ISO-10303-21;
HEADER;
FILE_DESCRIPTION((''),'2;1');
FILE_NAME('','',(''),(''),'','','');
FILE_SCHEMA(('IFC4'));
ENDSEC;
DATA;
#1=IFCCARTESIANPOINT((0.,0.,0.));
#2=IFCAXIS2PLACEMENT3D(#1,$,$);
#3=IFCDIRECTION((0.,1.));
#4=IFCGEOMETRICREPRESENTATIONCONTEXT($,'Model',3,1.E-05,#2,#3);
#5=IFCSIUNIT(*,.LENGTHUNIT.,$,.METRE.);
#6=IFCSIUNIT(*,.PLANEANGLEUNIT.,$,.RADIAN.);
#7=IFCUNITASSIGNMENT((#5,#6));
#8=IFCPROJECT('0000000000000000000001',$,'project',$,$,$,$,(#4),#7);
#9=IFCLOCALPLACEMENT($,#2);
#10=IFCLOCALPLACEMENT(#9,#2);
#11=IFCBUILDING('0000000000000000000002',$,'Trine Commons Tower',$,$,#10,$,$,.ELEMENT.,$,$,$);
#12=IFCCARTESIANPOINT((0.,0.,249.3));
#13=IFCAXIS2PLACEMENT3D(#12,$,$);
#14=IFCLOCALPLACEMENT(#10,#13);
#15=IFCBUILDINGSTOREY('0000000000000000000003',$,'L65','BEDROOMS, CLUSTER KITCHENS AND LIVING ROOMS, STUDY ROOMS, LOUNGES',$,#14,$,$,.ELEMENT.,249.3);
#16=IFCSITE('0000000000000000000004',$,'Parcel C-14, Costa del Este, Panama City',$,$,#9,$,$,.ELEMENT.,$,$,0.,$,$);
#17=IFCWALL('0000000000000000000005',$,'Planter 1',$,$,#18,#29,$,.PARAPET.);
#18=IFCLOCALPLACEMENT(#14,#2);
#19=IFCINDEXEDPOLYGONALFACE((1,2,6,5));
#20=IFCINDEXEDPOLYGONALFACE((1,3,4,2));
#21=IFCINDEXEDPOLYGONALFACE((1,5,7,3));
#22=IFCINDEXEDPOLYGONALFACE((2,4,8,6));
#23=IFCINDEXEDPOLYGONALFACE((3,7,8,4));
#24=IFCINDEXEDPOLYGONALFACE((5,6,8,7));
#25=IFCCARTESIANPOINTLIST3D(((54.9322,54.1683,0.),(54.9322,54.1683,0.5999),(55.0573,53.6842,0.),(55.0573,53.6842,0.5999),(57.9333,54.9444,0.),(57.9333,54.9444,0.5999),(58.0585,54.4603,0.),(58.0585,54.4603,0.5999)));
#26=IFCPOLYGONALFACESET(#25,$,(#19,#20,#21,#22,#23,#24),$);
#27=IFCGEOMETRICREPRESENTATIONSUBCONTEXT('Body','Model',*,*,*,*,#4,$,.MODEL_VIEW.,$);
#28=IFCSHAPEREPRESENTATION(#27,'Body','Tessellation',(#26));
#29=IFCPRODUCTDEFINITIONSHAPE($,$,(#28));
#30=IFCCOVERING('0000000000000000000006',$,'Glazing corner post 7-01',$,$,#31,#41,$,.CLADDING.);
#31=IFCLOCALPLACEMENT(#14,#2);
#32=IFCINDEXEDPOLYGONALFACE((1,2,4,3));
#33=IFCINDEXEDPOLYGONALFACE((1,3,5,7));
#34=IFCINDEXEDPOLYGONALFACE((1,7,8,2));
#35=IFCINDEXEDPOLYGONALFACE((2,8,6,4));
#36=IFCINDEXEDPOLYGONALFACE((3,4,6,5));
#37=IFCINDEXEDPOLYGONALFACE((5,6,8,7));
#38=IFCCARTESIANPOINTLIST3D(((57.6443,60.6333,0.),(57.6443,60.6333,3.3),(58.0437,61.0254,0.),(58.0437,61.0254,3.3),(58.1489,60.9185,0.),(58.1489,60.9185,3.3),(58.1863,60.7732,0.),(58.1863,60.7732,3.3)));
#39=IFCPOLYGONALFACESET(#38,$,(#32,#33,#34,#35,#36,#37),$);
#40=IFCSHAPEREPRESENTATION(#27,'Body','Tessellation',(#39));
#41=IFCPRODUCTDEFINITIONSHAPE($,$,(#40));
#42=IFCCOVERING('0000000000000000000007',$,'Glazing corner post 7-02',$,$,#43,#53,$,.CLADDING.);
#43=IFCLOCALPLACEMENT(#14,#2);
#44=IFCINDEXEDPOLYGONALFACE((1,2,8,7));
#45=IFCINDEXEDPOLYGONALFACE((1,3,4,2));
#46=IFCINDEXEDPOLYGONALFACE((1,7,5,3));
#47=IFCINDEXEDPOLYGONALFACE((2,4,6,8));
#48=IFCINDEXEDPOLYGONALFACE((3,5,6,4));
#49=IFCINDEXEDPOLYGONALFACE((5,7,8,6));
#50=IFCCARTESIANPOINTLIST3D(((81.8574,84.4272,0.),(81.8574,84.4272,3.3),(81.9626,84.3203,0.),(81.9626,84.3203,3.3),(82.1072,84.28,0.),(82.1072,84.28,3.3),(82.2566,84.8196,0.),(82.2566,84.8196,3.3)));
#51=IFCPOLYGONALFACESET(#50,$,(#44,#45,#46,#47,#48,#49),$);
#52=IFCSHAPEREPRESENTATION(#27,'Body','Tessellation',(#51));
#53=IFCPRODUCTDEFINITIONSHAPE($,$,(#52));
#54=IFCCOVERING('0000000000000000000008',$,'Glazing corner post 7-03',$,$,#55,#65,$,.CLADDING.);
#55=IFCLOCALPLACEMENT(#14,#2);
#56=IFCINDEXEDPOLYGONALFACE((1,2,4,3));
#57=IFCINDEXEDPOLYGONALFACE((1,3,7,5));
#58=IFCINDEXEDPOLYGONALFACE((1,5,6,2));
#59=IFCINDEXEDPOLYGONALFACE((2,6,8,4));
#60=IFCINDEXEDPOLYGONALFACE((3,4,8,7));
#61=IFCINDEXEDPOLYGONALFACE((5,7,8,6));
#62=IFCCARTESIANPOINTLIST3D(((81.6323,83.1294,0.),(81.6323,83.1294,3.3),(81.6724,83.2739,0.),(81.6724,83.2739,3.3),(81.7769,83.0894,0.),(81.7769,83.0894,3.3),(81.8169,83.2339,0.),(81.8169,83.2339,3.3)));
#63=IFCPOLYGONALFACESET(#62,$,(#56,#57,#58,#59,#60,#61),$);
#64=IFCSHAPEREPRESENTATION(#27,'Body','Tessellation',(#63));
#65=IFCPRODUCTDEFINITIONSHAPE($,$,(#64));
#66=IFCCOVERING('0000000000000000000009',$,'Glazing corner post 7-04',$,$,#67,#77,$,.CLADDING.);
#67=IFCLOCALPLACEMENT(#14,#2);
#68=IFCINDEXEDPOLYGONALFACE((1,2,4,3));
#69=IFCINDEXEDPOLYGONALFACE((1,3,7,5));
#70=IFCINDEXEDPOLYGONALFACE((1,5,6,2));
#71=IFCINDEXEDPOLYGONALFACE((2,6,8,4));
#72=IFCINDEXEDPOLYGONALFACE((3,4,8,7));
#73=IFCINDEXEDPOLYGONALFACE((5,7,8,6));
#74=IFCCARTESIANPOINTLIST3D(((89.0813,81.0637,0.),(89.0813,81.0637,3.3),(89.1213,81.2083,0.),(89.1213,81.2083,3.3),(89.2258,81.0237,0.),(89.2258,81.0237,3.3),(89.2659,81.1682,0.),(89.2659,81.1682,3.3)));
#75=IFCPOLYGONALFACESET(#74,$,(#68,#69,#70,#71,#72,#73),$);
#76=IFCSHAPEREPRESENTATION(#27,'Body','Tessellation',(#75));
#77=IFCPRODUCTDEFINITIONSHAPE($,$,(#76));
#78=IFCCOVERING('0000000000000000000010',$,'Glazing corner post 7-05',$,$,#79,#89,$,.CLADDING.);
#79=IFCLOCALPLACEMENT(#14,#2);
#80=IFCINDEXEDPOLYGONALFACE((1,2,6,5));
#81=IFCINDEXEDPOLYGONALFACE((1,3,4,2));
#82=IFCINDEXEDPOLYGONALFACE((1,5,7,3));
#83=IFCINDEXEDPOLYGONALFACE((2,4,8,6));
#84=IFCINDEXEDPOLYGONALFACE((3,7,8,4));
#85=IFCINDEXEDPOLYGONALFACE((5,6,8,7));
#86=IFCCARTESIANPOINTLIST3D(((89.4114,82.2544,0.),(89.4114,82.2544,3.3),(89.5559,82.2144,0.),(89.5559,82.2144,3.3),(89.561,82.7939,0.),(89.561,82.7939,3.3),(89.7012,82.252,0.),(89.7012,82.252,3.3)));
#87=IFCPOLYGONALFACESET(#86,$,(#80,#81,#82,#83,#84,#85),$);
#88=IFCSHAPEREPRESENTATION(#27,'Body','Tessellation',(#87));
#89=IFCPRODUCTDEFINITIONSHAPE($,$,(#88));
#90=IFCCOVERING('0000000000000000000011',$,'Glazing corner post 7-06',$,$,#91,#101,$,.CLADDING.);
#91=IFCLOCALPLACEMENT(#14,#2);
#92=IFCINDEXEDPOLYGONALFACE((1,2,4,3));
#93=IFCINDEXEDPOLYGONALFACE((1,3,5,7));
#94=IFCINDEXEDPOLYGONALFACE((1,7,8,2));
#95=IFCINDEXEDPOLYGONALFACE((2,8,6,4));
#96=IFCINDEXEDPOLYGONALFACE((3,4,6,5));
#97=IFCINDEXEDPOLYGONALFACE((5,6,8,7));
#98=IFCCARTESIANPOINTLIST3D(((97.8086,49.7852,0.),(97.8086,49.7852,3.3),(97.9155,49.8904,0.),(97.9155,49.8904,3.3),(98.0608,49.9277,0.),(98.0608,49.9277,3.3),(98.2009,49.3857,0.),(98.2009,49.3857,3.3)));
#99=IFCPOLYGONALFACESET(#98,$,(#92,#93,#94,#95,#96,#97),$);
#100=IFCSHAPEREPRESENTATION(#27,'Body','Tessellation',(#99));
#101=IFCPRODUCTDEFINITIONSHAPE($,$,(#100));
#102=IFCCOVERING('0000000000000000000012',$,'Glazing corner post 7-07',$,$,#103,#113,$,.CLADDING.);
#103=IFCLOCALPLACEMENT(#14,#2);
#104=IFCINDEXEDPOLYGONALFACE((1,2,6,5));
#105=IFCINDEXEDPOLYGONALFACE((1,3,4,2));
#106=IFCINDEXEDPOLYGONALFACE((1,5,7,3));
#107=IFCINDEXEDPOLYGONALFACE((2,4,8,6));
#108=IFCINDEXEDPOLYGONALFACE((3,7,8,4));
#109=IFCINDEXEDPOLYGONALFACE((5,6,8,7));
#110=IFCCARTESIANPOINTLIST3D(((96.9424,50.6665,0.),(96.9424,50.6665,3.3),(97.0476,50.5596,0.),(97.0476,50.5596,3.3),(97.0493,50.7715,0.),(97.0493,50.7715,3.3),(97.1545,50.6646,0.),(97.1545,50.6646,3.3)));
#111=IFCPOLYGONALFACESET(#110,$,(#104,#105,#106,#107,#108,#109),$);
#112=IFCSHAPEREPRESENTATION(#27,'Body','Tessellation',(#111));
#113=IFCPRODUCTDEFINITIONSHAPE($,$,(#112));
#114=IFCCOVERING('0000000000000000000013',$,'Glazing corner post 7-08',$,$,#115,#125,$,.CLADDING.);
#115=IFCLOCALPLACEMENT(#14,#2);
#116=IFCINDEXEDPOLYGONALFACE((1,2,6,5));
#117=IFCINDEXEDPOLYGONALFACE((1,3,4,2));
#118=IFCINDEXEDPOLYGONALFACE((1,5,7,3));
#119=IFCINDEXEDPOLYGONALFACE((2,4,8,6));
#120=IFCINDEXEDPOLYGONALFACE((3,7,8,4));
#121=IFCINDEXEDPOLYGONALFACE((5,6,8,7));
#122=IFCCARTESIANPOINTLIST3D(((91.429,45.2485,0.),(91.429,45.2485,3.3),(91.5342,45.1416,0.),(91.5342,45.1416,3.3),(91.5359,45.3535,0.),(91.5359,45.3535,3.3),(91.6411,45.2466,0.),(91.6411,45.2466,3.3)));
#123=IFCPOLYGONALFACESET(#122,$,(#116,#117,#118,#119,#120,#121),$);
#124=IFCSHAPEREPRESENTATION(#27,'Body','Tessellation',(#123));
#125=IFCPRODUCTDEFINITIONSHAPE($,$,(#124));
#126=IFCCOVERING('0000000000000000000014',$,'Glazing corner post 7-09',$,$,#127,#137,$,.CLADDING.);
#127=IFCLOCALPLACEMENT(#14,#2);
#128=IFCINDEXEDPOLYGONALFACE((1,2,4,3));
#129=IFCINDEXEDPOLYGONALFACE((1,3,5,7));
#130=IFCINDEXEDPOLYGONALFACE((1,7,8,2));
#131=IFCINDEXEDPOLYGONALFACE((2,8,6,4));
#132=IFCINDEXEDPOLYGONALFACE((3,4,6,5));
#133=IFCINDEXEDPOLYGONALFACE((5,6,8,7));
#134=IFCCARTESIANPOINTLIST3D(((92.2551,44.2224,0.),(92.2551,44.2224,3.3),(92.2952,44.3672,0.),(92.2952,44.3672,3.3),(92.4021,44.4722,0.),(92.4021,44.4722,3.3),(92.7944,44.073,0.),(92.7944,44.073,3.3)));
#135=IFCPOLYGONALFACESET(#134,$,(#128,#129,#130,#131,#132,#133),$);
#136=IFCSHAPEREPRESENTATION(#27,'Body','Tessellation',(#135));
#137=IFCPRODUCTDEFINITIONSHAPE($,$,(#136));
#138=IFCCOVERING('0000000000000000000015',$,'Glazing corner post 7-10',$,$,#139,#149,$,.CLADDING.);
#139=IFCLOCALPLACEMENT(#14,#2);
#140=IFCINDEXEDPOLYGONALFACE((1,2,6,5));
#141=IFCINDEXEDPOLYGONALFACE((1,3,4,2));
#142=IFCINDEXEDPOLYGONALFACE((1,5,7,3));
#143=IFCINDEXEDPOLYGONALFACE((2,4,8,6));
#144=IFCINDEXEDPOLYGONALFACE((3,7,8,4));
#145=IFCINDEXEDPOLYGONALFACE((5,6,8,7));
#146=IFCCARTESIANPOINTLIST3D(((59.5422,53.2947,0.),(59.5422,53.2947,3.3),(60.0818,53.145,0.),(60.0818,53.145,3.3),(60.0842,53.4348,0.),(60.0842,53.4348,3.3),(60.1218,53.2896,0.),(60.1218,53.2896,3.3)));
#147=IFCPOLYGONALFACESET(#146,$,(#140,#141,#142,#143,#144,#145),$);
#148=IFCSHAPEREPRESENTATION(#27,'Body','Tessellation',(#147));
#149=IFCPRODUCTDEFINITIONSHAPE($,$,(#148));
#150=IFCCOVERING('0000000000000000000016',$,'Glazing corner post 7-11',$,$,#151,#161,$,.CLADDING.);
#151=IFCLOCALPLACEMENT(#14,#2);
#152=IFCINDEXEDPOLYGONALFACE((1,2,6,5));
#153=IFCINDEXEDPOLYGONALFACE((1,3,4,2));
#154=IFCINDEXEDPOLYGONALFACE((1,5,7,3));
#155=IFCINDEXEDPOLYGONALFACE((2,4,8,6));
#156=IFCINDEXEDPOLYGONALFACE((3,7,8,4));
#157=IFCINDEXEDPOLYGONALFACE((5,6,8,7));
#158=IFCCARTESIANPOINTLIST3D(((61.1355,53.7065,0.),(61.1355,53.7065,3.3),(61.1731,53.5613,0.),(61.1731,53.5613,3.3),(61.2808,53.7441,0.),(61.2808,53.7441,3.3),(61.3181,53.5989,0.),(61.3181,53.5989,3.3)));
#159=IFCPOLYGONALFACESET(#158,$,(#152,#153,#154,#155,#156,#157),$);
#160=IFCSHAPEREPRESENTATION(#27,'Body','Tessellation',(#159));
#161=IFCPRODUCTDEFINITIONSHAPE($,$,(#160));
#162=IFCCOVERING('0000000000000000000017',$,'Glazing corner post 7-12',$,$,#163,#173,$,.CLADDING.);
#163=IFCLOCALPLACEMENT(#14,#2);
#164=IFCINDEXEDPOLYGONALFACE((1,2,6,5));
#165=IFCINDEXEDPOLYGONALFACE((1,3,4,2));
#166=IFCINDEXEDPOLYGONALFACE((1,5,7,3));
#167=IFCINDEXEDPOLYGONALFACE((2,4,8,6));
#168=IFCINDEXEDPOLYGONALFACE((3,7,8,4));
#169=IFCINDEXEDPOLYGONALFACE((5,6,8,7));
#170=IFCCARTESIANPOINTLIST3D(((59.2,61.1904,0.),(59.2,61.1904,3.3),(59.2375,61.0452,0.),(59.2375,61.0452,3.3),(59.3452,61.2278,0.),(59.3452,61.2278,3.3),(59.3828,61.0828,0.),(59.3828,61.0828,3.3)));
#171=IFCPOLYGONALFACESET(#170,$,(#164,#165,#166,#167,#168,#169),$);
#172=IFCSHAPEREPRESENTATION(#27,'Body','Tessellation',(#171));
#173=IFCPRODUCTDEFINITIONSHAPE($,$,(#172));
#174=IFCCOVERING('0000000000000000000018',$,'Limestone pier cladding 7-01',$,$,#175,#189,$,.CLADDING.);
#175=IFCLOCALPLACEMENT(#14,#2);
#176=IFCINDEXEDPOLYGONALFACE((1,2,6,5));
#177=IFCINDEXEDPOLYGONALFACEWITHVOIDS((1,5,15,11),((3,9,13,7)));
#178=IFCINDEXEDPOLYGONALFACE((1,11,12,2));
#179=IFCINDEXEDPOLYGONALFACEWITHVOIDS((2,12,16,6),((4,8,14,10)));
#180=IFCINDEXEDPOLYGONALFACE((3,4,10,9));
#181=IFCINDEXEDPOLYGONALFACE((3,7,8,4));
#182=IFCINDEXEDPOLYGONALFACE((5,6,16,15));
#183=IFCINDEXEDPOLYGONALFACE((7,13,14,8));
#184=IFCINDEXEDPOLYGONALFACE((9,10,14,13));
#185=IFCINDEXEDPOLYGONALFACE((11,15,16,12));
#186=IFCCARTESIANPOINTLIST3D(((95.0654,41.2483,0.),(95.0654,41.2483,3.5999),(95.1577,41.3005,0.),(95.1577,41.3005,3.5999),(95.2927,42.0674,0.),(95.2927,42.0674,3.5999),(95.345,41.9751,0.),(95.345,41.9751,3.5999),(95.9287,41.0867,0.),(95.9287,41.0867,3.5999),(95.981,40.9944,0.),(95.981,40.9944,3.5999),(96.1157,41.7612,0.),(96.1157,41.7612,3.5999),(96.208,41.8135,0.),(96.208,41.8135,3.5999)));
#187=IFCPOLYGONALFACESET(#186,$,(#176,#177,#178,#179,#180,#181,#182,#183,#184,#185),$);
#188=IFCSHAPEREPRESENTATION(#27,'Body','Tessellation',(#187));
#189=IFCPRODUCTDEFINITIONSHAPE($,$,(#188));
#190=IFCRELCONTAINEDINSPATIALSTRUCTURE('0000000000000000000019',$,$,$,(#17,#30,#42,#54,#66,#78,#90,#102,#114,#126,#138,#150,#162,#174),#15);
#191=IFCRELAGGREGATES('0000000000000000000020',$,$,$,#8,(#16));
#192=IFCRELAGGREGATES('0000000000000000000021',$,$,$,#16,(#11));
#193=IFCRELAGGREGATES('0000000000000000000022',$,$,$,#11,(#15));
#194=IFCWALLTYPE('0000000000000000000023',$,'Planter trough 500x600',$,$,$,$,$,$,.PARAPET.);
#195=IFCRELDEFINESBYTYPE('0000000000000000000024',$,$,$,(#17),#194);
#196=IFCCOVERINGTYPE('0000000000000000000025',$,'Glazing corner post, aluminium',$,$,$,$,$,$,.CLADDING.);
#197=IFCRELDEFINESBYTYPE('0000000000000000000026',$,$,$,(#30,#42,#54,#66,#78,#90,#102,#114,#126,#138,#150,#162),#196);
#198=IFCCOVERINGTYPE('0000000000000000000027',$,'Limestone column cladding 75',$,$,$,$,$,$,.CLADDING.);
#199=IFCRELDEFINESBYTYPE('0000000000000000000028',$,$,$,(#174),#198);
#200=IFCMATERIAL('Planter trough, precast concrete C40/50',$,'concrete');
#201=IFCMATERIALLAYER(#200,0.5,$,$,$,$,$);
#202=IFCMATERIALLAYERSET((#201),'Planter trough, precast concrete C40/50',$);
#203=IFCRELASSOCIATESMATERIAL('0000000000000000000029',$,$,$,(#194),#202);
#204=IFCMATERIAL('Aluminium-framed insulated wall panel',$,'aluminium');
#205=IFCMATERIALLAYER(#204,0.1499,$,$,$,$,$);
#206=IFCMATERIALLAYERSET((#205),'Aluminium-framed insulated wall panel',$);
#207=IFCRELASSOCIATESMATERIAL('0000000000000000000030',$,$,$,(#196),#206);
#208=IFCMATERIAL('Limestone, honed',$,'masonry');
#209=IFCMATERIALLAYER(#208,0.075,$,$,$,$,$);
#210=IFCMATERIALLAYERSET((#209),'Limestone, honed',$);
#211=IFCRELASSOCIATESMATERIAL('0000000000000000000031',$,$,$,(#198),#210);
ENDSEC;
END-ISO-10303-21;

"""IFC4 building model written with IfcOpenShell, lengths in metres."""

from ifc_helpers import new_model, si_unit, direction, frame, frame_2d, origin, place, context, subcontext, project, spatial, polyline, rectangle, outline, extrude, material, layer, layer_set, type_object, element, save


model = new_model("IFC4")

# Units and contexts
model_context = context("Model", 3, precision=1e-05, world=origin(), true_north=direction((0.0, 1.0)))
body_context = subcontext(model_context, "Body", "Model", "MODEL_VIEW")
ifc_project = project(units=[si_unit("LENGTHUNIT", "METRE"), si_unit("PLANEANGLEUNIT", "RADIAN")], contexts=[model_context])

# Site, building, storey
site_placement = place(None, origin())
site = spatial("IfcSite", under=ifc_project, at=site_placement, Name="Parcel C-14, Costa del Este, Panama City", CompositionType="ELEMENT", RefElevation=0.0)
building_placement = place(site_placement, origin())
building = spatial("IfcBuilding", under=site, at=building_placement, Name="Trine Commons Tower", CompositionType="ELEMENT")
storey_placement = place(building_placement, frame((0.0, 0.0, 249.3)))
storey = spatial("IfcBuildingStorey", under=building, at=storey_placement, Name="L65", Description="BEDROOMS, CLUSTER KITCHENS AND LIVING ROOMS, STUDY ROOMS, LOUNGES", CompositionType="ELEMENT", Elevation=249.3)

# Wall
ifc_material_1 = material(Name="Planter trough, precast concrete C40/50", Category="concrete")
ifc_layer_1 = layer(ifc_material_1, 0.5)
ifc_layer_set_1 = layer_set([ifc_layer_1], Name="Planter trough, precast concrete C40/50")
wall_type = type_object("IfcWallType", Name="Planter trough 500x600", PredefinedType="PARAPET", material=ifc_layer_set_1)
wall_placement = place(storey_placement, frame((54.9949, 53.9263, 0.0), z_axis=(0.0, 0.0, 1.0), x_axis=(0.968151, 0.250366, 0.0)))
element("IfcWall", 1, at=wall_placement, inside=storey, type_object=wall_type, Name="Planter 1", PredefinedType="PARAPET", context=body_context, shape_type="SweptSolid", body=[
    extrude(rectangle(XDim=3.0999, YDim=0.5, at=frame_2d((1.5498, 0.0))), origin(), (0.0, 0.0, 1.0), 0.5999),
])

# Coverings
ifc_material_2 = material(Name="Aluminium-framed insulated wall panel", Category="aluminium")
ifc_layer_2 = layer(ifc_material_2, 0.1499)
ifc_layer_set_2 = layer_set([ifc_layer_2], Name="Aluminium-framed insulated wall panel")
covering_type_1 = type_object("IfcCoveringType", Name="Glazing corner post, aluminium", PredefinedType="CLADDING", material=ifc_layer_set_2)
covering_1_placement = place(storey_placement, origin())
element("IfcCovering", 2, at=covering_1_placement, inside=storey, type_object=covering_type_1, Name="Glazing corner post 7-01", PredefinedType="CLADDING", context=body_context, shape_type="SweptSolid", body=[
    extrude(outline(polyline([(58.1863, 60.7732), (58.1489, 60.9185), (58.0437, 61.0254), (57.6443, 60.6333), (58.1863, 60.7732)])), origin(), (0.0, 0.0, 1.0), 3.3),
])
covering_2_placement = place(storey_placement, origin())
element("IfcCovering", 3, at=covering_2_placement, inside=storey, type_object=covering_type_1, Name="Glazing corner post 7-02", PredefinedType="CLADDING", context=body_context, shape_type="SweptSolid", body=[
    extrude(outline(polyline([(82.1072, 84.28), (82.2566, 84.8196), (81.8574, 84.4272), (81.9626, 84.3203), (82.1072, 84.28)])), origin(), (0.0, 0.0, 1.0), 3.3),
])
covering_3_placement = place(storey_placement, origin())
element("IfcCovering", 4, at=covering_3_placement, inside=storey, type_object=covering_type_1, Name="Glazing corner post 7-03", PredefinedType="CLADDING", context=body_context, shape_type="SweptSolid", body=[
    extrude(outline(polyline([(81.7769, 83.0894), (81.8169, 83.2339), (81.6724, 83.2739), (81.6323, 83.1294), (81.7769, 83.0894)])), origin(), (0.0, 0.0, 1.0), 3.3),
])
covering_4_placement = place(storey_placement, origin())
element("IfcCovering", 5, at=covering_4_placement, inside=storey, type_object=covering_type_1, Name="Glazing corner post 7-04", PredefinedType="CLADDING", context=body_context, shape_type="SweptSolid", body=[
    extrude(outline(polyline([(89.0813, 81.0637), (89.2258, 81.0237), (89.2659, 81.1682), (89.1213, 81.2083), (89.0813, 81.0637)])), origin(), (0.0, 0.0, 1.0), 3.3),
])
covering_5_placement = place(storey_placement, origin())
element("IfcCovering", 6, at=covering_5_placement, inside=storey, type_object=covering_type_1, Name="Glazing corner post 7-05", PredefinedType="CLADDING", context=body_context, shape_type="SweptSolid", body=[
    extrude(outline(polyline([(89.4114, 82.2544), (89.5559, 82.2144), (89.7012, 82.252), (89.561, 82.7939), (89.4114, 82.2544)])), origin(), (0.0, 0.0, 1.0), 3.3),
])
covering_6_placement = place(storey_placement, origin())
element("IfcCovering", 7, at=covering_6_placement, inside=storey, type_object=covering_type_1, Name="Glazing corner post 7-06", PredefinedType="CLADDING", context=body_context, shape_type="SweptSolid", body=[
    extrude(outline(polyline([(97.8086, 49.7852), (98.2009, 49.3857), (98.0608, 49.9277), (97.9155, 49.8904), (97.9155, 49.8904), (97.8086, 49.7852)])), origin(), (0.0, 0.0, 1.0), 3.3),
])
covering_7_placement = place(storey_placement, origin())
element("IfcCovering", 8, at=covering_7_placement, inside=storey, type_object=covering_type_1, Name="Glazing corner post 7-07", PredefinedType="CLADDING", context=body_context, shape_type="SweptSolid", body=[
    extrude(outline(polyline([(96.9424, 50.6665), (97.0476, 50.5596), (97.1545, 50.6646), (97.0493, 50.7715), (96.9424, 50.6665)])), origin(), (0.0, 0.0, 1.0), 3.3),
])
covering_8_placement = place(storey_placement, origin())
element("IfcCovering", 9, at=covering_8_placement, inside=storey, type_object=covering_type_1, Name="Glazing corner post 7-08", PredefinedType="CLADDING", context=body_context, shape_type="SweptSolid", body=[
    extrude(outline(polyline([(91.5342, 45.1416), (91.6411, 45.2466), (91.5359, 45.3535), (91.429, 45.2485), (91.5342, 45.1416)])), origin(), (0.0, 0.0, 1.0), 3.3),
])
covering_9_placement = place(storey_placement, origin())
element("IfcCovering", 10, at=covering_9_placement, inside=storey, type_object=covering_type_1, Name="Glazing corner post 7-09", PredefinedType="CLADDING", context=body_context, shape_type="SweptSolid", body=[
    extrude(outline(polyline([(92.2551, 44.2224), (92.7944, 44.073), (92.4021, 44.4722), (92.2952, 44.3672), (92.2551, 44.2224)])), origin(), (0.0, 0.0, 1.0), 3.3),
])
covering_10_placement = place(storey_placement, origin())
element("IfcCovering", 11, at=covering_10_placement, inside=storey, type_object=covering_type_1, Name="Glazing corner post 7-10", PredefinedType="CLADDING", context=body_context, shape_type="SweptSolid", body=[
    extrude(outline(polyline([(60.0818, 53.145), (60.1218, 53.2896), (60.0842, 53.4348), (59.5422, 53.2947), (60.0818, 53.145)])), origin(), (0.0, 0.0, 1.0), 3.3),
])
covering_11_placement = place(storey_placement, origin())
element("IfcCovering", 12, at=covering_11_placement, inside=storey, type_object=covering_type_1, Name="Glazing corner post 7-11", PredefinedType="CLADDING", context=body_context, shape_type="SweptSolid", body=[
    extrude(outline(polyline([(61.1355, 53.7065), (61.1355, 53.7065), (61.1731, 53.5613), (61.3181, 53.5989), (61.2808, 53.7441), (61.1355, 53.7065)])), origin(), (0.0, 0.0, 1.0), 3.3),
])
covering_12_placement = place(storey_placement, origin())
element("IfcCovering", 13, at=covering_12_placement, inside=storey, type_object=covering_type_1, Name="Glazing corner post 7-12", PredefinedType="CLADDING", context=body_context, shape_type="SweptSolid", body=[
    extrude(outline(polyline([(59.2, 61.1904), (59.2375, 61.0452), (59.3828, 61.0828), (59.3452, 61.2278), (59.2, 61.1904)])), origin(), (0.0, 0.0, 1.0), 3.3),
])
ifc_material_3 = material(Name="Limestone, honed", Category="masonry")
ifc_layer_3 = layer(ifc_material_3, 0.075)
ifc_layer_set_3 = layer_set([ifc_layer_3], Name="Limestone, honed")
covering_type_2 = type_object("IfcCoveringType", Name="Limestone column cladding 75", PredefinedType="CLADDING", material=ifc_layer_set_3)
covering_13_placement = place(storey_placement, origin())
element("IfcCovering", 14, at=covering_13_placement, inside=storey, type_object=covering_type_2, Name="Limestone pier cladding 7-01", PredefinedType="CLADDING", context=body_context, shape_type="SweptSolid", body=[
    extrude(outline(polyline([(95.2927, 42.0674), (95.0654, 41.2483), (95.981, 40.9944), (96.208, 41.8135), (95.2927, 42.0674)]), holes=[polyline([(95.345, 41.9751), (95.1577, 41.3005), (95.9287, 41.0867), (96.1157, 41.7612), (95.345, 41.9751)])]), origin(), (0.0, 0.0, 1.0), 3.5999),
])

save(model, "model.ifc")
